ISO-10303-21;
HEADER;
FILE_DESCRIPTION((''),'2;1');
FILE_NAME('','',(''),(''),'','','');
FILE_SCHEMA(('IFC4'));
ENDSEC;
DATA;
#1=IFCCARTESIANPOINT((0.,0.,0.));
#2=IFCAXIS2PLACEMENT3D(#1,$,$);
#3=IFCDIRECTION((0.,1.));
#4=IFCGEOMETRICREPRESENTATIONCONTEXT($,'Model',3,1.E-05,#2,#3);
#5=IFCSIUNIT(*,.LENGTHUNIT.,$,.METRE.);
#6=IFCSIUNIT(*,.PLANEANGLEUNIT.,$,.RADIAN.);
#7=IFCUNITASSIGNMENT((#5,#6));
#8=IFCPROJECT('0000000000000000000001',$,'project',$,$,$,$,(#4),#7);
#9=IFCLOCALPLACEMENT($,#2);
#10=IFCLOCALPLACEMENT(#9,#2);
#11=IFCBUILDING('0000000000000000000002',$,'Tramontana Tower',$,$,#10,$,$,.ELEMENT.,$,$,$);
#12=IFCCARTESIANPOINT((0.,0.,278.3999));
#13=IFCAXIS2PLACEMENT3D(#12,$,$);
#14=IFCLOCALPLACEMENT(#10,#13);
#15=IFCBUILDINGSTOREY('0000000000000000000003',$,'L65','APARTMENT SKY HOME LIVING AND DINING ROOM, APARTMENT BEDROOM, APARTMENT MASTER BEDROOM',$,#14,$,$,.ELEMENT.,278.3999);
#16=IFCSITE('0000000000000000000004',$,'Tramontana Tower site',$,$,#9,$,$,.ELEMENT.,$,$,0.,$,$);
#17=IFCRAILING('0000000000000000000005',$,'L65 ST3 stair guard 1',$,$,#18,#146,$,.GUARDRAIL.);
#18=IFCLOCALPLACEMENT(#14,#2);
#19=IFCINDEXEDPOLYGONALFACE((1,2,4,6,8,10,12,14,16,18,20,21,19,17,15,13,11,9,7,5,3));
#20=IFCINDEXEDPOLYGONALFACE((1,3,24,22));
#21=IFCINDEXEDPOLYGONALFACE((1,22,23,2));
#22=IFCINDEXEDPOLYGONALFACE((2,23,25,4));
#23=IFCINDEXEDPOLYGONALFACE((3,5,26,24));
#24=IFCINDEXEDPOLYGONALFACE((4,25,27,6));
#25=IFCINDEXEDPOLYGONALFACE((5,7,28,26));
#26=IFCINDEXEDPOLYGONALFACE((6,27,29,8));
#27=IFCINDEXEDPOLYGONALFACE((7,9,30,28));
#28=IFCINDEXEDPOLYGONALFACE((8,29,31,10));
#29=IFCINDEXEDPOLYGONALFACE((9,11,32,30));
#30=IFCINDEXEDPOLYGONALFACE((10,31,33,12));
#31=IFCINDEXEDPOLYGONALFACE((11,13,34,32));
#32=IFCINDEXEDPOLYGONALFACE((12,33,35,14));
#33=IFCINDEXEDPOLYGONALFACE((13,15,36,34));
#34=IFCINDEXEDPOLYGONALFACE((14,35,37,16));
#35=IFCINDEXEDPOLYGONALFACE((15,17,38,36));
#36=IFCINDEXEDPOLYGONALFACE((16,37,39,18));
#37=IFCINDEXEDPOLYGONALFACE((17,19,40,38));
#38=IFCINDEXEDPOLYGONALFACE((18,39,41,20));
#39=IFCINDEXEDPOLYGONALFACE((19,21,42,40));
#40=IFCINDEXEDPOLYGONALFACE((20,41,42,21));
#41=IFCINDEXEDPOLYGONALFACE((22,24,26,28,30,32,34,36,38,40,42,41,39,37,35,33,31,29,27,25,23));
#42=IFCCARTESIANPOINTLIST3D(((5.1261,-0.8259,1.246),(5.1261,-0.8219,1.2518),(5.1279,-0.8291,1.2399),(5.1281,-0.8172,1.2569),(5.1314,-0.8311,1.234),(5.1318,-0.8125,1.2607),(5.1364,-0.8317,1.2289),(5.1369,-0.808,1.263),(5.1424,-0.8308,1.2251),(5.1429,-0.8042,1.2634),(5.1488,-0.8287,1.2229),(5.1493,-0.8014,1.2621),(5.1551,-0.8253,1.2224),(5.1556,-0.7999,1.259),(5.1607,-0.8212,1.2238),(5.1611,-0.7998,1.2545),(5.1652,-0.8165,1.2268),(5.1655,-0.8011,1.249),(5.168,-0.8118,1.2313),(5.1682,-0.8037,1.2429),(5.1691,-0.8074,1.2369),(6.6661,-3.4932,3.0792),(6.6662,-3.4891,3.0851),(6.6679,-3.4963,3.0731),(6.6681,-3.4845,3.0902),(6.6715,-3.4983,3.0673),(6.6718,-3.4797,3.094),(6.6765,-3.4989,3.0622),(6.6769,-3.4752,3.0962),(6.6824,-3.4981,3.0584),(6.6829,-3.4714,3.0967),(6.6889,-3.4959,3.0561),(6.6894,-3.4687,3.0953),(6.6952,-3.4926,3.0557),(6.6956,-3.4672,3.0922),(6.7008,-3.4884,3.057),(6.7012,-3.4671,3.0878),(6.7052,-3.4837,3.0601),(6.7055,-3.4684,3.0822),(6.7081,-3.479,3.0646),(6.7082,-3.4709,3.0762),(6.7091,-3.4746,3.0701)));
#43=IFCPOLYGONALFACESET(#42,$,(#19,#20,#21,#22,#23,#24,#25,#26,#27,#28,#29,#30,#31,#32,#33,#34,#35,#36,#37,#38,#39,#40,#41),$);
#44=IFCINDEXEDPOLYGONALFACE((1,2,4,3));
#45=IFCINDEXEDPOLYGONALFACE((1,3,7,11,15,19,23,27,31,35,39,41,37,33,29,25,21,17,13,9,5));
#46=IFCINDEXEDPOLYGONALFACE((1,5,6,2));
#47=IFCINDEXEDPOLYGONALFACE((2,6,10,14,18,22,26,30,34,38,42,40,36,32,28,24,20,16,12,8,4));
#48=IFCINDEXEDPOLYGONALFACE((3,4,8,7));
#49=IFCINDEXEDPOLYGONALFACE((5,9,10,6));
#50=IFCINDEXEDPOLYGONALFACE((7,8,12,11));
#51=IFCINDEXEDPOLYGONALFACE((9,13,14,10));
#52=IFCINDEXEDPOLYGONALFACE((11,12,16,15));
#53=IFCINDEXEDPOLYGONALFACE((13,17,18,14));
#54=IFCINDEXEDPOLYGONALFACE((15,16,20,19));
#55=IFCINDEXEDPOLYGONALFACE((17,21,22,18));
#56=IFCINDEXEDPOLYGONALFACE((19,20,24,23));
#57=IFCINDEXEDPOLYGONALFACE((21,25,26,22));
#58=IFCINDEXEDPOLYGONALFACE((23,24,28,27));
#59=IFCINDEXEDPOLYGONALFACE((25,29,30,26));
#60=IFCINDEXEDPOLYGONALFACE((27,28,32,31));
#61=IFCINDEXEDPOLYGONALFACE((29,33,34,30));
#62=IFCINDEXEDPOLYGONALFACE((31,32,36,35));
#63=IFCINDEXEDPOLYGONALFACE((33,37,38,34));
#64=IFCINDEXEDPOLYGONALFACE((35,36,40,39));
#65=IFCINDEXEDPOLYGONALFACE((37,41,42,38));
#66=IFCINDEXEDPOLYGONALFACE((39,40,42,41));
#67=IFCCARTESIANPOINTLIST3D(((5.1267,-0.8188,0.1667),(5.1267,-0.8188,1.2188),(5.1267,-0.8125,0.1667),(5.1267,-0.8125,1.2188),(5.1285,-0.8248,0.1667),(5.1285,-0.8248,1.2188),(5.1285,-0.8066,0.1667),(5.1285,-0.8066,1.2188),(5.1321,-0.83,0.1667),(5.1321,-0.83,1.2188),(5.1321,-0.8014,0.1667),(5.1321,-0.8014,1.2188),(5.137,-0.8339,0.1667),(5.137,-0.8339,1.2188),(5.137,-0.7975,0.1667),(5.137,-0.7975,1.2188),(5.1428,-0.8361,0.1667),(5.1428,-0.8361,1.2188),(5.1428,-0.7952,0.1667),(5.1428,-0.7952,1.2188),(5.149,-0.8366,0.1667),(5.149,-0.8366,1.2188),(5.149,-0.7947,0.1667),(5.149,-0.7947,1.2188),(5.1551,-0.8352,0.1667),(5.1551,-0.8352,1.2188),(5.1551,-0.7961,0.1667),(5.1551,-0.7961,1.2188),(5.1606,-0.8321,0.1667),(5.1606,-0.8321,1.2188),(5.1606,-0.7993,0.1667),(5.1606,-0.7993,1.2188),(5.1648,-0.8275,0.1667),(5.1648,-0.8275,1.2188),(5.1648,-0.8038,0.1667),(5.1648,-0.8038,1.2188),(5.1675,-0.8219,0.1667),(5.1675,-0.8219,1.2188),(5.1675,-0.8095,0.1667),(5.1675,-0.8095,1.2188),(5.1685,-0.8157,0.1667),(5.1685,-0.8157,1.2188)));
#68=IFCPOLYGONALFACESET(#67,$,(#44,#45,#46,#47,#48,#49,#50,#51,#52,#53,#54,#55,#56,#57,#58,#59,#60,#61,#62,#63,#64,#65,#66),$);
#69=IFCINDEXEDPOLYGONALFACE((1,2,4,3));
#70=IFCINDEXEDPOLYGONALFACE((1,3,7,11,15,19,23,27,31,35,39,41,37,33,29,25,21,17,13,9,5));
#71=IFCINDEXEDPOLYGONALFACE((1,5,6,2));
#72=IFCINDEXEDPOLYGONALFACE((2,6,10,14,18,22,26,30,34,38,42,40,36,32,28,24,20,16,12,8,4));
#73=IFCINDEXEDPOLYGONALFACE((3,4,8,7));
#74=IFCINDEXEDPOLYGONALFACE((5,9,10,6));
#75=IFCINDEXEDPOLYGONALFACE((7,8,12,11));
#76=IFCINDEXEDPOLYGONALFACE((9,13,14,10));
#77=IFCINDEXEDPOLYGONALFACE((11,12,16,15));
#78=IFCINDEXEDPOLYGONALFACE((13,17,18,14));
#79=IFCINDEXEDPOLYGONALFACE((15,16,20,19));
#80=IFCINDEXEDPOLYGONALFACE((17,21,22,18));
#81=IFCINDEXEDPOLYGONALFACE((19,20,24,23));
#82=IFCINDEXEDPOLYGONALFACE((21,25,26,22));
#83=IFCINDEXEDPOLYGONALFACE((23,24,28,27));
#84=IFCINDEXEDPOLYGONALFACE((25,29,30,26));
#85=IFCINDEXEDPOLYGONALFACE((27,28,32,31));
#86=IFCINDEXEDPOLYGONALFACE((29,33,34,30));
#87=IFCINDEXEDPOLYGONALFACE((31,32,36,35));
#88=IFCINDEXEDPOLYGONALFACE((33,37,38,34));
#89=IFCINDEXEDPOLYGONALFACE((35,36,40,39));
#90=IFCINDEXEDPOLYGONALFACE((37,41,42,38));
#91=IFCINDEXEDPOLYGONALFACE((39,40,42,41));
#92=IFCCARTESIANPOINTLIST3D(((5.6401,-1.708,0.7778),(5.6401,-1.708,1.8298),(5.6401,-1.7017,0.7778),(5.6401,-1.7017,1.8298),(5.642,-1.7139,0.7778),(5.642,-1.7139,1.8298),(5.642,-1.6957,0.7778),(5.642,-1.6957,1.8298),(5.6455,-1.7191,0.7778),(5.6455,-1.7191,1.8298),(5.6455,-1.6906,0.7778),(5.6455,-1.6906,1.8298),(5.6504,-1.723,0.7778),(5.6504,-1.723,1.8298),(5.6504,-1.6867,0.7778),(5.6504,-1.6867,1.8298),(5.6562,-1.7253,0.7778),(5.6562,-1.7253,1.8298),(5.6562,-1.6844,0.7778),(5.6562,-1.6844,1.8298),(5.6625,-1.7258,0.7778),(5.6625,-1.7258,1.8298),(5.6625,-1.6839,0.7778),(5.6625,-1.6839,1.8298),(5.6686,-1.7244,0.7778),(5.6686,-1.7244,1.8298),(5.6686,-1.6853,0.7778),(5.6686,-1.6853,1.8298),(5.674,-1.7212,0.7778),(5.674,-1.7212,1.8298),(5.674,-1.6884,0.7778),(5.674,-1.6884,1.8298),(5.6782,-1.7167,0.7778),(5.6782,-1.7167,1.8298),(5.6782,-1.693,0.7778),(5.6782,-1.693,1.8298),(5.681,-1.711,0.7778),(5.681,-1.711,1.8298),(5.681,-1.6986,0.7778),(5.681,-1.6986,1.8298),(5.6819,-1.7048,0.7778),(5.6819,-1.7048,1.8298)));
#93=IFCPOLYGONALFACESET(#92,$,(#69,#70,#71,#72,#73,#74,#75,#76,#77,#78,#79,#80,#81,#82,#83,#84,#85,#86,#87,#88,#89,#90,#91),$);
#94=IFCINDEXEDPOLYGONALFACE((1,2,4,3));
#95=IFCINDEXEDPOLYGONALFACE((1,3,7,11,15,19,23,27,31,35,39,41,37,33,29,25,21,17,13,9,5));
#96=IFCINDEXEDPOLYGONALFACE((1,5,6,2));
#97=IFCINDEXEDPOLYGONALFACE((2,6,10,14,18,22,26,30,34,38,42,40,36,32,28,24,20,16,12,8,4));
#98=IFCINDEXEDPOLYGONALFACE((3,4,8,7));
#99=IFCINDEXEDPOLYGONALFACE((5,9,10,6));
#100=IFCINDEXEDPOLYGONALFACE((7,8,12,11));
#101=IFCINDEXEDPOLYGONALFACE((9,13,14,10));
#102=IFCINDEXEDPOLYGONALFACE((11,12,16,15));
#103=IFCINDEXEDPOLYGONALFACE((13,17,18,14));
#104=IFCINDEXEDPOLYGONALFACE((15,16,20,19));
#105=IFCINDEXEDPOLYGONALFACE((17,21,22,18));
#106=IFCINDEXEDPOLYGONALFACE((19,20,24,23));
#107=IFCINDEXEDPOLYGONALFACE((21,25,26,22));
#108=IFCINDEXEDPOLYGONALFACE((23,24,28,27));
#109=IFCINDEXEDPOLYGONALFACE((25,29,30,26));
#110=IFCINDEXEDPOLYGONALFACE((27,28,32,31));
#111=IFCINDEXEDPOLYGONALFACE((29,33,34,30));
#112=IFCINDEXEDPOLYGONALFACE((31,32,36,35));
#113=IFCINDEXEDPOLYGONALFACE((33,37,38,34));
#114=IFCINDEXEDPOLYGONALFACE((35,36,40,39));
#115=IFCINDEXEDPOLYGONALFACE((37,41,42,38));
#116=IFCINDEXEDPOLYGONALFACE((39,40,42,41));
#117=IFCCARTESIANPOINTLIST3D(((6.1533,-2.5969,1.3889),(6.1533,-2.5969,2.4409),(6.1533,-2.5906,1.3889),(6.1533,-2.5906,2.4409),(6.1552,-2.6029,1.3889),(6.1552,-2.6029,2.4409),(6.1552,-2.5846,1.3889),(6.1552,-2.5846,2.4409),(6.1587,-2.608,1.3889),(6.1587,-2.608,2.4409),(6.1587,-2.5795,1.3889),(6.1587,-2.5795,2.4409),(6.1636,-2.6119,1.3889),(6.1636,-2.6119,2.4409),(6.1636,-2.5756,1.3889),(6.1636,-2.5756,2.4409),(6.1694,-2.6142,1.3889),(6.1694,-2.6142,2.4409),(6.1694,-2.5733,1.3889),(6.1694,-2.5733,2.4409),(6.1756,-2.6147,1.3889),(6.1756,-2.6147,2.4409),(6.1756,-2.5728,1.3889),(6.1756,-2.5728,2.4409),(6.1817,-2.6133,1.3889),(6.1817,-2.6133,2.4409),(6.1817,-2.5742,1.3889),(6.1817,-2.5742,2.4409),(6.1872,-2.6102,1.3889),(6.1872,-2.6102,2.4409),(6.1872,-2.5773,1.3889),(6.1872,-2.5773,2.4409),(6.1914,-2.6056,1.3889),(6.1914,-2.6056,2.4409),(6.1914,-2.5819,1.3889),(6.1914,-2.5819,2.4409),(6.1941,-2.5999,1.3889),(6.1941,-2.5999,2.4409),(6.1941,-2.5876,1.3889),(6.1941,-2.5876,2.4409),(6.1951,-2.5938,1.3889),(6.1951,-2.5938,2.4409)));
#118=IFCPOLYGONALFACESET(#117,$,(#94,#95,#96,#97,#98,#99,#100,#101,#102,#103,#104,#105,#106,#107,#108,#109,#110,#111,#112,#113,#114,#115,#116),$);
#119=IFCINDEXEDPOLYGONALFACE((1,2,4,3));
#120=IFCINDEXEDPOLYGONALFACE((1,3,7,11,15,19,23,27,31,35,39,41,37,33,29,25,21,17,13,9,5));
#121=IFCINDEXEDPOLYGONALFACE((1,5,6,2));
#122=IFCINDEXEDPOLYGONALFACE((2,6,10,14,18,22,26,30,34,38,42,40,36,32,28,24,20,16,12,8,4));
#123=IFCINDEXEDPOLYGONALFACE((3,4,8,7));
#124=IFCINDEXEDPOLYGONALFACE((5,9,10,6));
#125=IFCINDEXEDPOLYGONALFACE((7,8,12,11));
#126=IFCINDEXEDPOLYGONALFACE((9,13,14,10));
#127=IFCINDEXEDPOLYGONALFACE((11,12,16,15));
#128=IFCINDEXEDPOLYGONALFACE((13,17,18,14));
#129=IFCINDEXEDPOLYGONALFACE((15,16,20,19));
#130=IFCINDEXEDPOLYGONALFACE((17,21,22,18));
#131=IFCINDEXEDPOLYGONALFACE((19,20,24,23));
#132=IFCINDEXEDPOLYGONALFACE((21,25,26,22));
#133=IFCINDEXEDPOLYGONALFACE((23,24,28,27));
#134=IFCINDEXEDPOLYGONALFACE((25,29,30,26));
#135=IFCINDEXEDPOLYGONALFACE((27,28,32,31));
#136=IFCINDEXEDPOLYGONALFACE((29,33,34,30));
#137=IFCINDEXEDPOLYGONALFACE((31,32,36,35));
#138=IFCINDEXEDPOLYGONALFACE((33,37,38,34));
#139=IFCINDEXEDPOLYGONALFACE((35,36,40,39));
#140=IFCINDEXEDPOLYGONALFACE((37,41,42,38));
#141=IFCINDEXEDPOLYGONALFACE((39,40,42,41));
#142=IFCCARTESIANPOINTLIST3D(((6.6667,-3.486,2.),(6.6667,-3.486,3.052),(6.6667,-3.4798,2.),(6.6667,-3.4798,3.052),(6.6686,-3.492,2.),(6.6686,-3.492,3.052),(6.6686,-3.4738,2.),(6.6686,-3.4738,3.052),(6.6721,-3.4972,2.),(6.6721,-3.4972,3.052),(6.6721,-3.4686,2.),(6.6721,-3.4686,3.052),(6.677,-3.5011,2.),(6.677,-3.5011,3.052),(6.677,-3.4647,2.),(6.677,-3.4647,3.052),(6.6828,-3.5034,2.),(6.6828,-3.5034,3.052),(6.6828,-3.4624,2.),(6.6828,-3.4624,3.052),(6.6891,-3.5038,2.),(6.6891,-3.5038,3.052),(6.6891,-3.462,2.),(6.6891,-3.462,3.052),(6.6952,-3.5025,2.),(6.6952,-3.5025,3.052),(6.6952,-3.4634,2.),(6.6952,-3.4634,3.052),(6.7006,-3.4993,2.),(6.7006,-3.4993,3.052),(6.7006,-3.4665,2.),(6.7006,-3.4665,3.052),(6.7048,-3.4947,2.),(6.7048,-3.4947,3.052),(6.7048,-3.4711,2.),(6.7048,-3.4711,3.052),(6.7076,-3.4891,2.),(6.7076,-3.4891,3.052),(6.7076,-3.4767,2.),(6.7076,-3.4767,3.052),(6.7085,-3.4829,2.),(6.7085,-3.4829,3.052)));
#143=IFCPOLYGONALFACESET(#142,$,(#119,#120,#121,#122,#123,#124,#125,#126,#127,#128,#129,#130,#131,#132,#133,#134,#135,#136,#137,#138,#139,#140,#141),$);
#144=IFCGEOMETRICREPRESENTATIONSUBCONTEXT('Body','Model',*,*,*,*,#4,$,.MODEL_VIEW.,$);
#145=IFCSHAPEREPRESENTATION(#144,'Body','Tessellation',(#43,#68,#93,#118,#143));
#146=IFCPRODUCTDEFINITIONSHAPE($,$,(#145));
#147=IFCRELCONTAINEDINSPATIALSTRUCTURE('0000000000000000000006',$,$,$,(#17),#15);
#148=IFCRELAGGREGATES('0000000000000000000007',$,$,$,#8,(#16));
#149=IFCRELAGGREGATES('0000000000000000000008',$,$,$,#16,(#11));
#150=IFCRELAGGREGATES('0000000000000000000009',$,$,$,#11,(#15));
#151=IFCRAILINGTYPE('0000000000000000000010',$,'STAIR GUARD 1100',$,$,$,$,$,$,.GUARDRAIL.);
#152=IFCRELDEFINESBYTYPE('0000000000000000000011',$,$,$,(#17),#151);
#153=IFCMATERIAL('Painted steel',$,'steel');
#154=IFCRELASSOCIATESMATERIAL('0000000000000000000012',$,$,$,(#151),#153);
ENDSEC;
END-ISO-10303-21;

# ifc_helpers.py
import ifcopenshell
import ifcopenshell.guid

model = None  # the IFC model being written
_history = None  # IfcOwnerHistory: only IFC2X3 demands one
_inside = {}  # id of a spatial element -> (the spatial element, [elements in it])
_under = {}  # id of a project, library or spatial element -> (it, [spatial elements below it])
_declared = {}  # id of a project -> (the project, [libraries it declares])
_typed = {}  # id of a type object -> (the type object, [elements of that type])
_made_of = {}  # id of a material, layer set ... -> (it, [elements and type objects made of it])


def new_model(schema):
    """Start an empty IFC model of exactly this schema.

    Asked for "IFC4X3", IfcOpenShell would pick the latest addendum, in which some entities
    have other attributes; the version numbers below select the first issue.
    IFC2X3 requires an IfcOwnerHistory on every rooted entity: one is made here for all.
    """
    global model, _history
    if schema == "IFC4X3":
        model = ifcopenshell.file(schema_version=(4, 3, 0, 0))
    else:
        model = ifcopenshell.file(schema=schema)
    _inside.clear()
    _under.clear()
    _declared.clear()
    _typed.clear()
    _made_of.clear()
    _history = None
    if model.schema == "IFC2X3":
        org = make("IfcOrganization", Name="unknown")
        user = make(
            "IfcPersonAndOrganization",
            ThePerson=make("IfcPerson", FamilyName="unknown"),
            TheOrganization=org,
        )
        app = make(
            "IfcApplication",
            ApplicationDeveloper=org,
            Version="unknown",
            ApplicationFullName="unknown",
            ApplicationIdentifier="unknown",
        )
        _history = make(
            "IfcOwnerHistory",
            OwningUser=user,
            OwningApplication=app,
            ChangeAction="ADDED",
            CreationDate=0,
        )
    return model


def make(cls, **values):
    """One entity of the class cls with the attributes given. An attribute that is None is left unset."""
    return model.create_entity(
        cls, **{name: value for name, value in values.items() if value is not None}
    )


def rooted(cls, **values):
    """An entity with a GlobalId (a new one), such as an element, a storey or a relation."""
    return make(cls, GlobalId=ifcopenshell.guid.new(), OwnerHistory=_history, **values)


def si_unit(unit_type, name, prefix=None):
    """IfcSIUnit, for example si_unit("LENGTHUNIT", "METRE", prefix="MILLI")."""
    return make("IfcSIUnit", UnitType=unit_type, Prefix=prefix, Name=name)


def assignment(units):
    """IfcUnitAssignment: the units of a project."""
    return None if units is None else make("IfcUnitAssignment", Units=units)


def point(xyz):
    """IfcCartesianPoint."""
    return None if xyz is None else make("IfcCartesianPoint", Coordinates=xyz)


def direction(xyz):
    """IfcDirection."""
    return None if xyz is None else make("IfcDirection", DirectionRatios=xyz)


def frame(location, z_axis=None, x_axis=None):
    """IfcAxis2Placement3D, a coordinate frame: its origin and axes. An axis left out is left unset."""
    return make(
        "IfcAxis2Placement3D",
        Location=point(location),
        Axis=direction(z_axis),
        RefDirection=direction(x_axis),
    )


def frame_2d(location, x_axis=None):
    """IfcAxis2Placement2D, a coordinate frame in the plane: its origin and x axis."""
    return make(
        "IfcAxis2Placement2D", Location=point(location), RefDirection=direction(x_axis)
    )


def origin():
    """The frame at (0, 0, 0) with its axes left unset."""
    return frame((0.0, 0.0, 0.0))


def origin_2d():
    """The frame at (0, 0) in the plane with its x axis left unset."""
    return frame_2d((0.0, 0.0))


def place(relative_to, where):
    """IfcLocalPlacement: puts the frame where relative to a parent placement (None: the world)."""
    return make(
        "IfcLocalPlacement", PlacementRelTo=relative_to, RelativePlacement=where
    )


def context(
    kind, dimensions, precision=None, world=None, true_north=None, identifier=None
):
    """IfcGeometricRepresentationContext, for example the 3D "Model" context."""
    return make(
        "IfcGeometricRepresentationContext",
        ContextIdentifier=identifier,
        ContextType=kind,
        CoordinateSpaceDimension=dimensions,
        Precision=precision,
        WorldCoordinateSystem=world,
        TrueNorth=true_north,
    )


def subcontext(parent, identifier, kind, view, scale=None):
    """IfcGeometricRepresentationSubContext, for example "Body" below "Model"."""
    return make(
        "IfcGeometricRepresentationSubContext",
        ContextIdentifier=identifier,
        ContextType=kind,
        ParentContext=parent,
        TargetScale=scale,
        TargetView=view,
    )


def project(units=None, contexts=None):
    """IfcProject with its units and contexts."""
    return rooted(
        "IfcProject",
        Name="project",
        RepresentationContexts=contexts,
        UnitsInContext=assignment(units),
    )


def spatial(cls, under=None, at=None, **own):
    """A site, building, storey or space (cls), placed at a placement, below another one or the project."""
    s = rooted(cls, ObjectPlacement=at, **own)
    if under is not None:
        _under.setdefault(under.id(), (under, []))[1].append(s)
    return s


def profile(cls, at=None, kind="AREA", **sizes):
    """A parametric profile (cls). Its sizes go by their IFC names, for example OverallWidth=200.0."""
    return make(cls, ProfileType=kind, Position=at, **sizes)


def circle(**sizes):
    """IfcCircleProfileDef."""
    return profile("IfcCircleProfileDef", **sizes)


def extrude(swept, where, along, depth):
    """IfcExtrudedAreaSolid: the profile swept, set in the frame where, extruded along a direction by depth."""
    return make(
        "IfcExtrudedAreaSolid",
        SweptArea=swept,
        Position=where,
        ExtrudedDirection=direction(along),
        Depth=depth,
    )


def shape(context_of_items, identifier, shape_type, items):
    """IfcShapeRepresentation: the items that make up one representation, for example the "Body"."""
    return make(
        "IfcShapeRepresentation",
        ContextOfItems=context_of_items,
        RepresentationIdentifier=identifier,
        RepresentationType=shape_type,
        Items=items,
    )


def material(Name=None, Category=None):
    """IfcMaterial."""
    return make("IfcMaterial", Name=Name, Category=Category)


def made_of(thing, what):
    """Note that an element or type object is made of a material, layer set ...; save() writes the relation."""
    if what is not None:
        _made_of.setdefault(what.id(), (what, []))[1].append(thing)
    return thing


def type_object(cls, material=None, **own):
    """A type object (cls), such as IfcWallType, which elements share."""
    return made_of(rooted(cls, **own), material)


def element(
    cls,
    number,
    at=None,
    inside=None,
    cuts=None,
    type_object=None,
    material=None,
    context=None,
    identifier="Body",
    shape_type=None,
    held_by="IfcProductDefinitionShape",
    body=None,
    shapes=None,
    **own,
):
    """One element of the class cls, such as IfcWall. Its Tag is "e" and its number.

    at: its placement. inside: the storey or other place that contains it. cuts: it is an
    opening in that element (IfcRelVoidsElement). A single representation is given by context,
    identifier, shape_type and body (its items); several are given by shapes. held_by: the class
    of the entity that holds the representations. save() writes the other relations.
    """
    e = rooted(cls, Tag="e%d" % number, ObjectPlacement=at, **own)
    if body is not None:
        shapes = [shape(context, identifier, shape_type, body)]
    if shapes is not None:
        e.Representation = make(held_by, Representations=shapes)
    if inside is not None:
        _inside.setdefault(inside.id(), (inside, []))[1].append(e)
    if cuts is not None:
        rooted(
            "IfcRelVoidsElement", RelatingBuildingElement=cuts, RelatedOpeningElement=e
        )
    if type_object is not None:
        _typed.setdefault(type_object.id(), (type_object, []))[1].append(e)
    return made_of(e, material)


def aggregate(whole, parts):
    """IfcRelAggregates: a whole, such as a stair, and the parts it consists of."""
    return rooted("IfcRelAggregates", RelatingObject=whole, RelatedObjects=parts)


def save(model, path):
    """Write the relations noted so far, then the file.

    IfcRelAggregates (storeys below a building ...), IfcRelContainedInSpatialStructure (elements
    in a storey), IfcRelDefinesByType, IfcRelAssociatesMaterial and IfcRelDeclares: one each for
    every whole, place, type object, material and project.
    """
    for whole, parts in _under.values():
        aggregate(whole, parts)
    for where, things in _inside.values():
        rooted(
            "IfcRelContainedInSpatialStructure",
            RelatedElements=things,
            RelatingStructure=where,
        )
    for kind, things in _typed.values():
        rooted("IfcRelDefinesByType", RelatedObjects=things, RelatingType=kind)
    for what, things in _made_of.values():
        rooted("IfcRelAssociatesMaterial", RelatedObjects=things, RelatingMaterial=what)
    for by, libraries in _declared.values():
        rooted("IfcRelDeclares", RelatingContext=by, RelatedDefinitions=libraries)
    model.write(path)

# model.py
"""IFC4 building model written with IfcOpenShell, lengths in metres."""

from ifc_helpers import new_model, si_unit, direction, frame, origin, origin_2d, place, context, subcontext, project, spatial, circle, extrude, material, type_object, element, save


model = new_model("IFC4")

# Units and contexts
model_context = context("Model", 3, precision=1e-05, world=origin(), true_north=direction((0.0, 1.0)))
body_context = subcontext(model_context, "Body", "Model", "MODEL_VIEW")
ifc_project = project(units=[si_unit("LENGTHUNIT", "METRE"), si_unit("PLANEANGLEUNIT", "RADIAN")], contexts=[model_context])

# Site, building, storey
site_placement = place(None, origin())
site = spatial("IfcSite", under=ifc_project, at=site_placement, Name="Tramontana Tower site", CompositionType="ELEMENT", RefElevation=0.0)
building_placement = place(site_placement, origin())
building = spatial("IfcBuilding", under=site, at=building_placement, Name="Tramontana Tower", CompositionType="ELEMENT")
storey_placement = place(building_placement, frame((0.0, 0.0, 278.3999)))
storey = spatial("IfcBuildingStorey", under=building, at=storey_placement, Name="L65", Description="APARTMENT SKY HOME LIVING AND DINING ROOM, APARTMENT BEDROOM, APARTMENT MASTER BEDROOM", CompositionType="ELEMENT", Elevation=278.3999)

# Railing
ifc_material_1 = material(Name="Painted steel", Category="steel")
railing_type_1 = type_object("IfcRailingType", Name="STAIR GUARD 1100", PredefinedType="GUARDRAIL", material=ifc_material_1)
railing_1_placement = place(storey_placement, frame((5.1475, -0.8157, 0.1667)))
element("IfcRailing", 1, at=railing_1_placement, inside=storey, type_object=railing_type_1, Name="L65 ST3 stair guard 1", PredefinedType="GUARDRAIL", context=body_context, shape_type="SweptSolid", body=[
    extrude(circle(Radius=0.0239, at=origin_2d()), frame((0.0, 0.0, 1.0762), z_axis=(0.429671, -0.744159, 0.511478), x_axis=(0.86601, 0.500027, 0.0)), (0.0, 0.0, 1.0), 3.5842),
    extrude(circle(Radius=0.021, at=origin_2d()), origin(), (0.0, 0.0, 1.0), 1.052),
    extrude(circle(Radius=0.021, at=origin_2d()), frame((0.5134, -0.8892, 0.6111)), (0.0, 0.0, 1.0), 1.052),
    extrude(circle(Radius=0.021, at=origin_2d()), frame((1.0266, -1.7781, 1.2222)), (0.0, 0.0, 1.0), 1.052),
    extrude(circle(Radius=0.021, at=origin_2d()), frame((1.54, -2.6672, 1.8333)), (0.0, 0.0, 1.0), 1.052),
])

save(model, "model.ifc")
